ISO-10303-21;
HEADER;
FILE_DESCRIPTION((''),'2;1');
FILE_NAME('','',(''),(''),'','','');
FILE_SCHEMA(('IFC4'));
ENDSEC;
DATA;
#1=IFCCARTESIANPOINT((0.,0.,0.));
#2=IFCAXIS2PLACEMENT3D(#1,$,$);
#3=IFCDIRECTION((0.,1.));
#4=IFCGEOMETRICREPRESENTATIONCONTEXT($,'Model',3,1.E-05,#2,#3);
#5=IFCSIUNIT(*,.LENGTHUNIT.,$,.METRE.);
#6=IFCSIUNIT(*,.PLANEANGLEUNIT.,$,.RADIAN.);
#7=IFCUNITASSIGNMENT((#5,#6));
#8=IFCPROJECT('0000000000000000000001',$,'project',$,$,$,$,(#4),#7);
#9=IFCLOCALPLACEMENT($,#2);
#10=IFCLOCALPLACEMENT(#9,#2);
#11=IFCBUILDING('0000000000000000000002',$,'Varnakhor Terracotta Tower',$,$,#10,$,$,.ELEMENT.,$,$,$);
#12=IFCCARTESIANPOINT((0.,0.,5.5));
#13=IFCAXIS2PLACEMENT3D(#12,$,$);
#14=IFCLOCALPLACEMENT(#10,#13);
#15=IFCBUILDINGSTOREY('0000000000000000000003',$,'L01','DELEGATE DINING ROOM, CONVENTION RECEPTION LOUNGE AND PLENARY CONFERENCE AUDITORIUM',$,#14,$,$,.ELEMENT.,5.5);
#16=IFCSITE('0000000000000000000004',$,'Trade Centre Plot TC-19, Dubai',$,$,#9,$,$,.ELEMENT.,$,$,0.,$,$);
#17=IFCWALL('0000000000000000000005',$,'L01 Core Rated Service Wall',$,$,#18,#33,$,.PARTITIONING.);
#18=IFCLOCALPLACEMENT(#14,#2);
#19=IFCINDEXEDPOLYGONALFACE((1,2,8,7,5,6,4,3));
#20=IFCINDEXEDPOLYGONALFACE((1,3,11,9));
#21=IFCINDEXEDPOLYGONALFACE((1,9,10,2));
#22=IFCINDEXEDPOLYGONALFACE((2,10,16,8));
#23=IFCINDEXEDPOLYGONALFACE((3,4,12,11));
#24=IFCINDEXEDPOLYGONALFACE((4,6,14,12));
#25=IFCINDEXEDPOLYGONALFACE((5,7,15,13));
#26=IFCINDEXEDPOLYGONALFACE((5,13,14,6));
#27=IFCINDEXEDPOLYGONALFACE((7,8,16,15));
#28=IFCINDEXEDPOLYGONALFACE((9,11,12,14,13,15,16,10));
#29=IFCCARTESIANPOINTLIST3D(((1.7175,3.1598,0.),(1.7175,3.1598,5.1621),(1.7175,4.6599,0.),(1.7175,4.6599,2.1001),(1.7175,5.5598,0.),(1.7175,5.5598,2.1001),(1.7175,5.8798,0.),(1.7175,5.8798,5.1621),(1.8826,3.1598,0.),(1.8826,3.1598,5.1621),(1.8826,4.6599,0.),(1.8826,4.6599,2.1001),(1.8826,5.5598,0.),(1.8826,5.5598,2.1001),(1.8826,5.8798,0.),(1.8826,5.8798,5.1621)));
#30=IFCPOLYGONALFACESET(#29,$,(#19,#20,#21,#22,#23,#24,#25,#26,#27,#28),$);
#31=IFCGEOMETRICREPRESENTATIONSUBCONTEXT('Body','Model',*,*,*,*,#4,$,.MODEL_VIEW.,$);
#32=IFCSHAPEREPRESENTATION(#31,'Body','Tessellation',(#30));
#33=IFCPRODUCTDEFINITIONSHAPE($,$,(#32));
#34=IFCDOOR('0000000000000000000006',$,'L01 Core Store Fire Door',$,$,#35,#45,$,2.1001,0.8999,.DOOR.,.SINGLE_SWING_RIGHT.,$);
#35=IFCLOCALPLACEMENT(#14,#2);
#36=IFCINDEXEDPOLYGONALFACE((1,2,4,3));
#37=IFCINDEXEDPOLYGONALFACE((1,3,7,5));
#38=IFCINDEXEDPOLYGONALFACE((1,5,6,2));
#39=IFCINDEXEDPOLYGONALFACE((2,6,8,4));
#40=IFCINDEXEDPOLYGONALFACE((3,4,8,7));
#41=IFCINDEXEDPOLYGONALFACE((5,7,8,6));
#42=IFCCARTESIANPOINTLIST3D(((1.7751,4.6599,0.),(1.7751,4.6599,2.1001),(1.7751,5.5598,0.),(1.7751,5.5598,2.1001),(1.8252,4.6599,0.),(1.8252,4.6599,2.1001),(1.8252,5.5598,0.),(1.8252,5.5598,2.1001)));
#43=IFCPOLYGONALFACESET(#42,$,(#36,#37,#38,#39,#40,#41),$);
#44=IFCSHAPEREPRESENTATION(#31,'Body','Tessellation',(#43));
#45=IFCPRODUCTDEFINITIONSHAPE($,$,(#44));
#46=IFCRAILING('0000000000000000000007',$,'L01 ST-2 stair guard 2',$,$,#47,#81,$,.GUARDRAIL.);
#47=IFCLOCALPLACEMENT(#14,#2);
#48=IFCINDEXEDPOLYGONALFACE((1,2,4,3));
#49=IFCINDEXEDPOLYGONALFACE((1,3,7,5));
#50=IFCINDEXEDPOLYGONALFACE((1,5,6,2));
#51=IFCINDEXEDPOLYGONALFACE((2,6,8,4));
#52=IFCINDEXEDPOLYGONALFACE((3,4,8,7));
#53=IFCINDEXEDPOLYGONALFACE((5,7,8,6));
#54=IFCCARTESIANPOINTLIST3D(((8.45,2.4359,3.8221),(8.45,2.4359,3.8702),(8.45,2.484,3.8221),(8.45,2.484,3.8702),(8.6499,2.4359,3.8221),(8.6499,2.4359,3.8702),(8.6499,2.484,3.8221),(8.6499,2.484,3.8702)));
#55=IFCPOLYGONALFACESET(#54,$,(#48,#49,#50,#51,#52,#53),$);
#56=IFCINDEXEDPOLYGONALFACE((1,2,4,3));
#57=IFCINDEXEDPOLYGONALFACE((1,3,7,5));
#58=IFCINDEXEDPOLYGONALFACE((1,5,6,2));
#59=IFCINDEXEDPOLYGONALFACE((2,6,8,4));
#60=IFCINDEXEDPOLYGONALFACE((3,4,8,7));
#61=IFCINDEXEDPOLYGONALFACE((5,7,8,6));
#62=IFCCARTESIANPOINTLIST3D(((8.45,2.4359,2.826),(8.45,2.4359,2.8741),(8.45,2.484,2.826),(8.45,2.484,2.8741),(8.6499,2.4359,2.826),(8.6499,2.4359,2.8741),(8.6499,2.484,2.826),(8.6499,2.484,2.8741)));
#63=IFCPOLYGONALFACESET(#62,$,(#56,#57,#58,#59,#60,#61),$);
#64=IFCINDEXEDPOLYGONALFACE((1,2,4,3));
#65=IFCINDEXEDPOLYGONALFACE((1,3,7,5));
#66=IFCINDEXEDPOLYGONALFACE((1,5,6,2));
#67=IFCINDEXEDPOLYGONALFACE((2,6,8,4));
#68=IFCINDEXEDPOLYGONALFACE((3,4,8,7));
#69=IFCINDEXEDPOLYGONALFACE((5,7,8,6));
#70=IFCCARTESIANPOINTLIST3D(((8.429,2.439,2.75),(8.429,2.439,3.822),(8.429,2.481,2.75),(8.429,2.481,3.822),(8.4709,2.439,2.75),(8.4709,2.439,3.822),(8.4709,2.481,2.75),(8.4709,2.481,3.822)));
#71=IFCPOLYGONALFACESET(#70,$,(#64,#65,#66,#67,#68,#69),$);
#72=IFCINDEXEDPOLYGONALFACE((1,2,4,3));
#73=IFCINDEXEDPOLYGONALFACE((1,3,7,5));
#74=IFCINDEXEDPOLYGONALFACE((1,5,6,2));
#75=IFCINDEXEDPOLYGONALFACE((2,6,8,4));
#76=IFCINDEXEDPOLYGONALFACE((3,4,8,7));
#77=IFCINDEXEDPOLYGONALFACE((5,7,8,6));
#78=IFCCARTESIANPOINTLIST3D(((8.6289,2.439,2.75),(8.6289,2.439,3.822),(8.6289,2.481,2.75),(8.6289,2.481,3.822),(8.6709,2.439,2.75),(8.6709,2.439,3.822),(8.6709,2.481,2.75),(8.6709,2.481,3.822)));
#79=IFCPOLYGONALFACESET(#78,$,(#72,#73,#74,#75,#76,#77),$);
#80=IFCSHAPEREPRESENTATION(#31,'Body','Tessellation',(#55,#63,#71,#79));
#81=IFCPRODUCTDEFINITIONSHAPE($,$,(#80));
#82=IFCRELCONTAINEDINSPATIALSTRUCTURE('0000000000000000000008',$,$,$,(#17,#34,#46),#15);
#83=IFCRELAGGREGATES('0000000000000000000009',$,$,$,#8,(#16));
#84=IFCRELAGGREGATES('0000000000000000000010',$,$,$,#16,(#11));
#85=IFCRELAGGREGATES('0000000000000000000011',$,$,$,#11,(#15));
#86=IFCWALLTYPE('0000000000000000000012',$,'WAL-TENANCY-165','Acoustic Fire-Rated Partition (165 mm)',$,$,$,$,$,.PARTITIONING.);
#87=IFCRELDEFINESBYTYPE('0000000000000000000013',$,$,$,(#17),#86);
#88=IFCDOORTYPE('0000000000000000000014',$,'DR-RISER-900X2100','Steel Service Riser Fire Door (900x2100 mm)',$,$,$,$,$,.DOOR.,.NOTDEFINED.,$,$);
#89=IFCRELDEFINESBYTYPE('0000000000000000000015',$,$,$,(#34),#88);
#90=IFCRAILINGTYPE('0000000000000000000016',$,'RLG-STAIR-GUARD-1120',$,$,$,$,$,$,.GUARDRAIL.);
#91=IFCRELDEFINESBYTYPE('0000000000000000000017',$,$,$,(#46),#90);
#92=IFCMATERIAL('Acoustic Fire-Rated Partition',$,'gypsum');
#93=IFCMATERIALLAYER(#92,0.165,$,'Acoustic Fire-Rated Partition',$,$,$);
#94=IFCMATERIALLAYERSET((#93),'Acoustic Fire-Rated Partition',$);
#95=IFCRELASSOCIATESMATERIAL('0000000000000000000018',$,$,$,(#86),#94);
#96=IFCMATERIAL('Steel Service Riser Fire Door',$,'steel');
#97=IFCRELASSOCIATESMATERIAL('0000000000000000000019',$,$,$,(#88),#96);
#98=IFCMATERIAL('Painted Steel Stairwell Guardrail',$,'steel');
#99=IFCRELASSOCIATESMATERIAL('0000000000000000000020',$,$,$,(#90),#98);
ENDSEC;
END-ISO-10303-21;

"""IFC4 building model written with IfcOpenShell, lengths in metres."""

from ifc_helpers import new_model, si_unit, direction, frame, frame_2d, origin, origin_2d, place, context, subcontext, project, spatial, rectangle, extrude, source, transform, mapped, material, layer, layer_set, type_object, type_shapes, element, fill, save


model = new_model("IFC4")

# Units and contexts
model_context = context("Model", 3, precision=1e-05, world=origin(), true_north=direction((0.0, 1.0)))
body_context = subcontext(model_context, "Body", "Model", "MODEL_VIEW")
ifc_project = project(units=[si_unit("LENGTHUNIT", "METRE"), si_unit("PLANEANGLEUNIT", "RADIAN")], contexts=[model_context])

# Site, building, storey
site_placement = place(None, origin())
site = spatial("IfcSite", under=ifc_project, at=site_placement, Name="Trade Centre Plot TC-19, Dubai", CompositionType="ELEMENT", RefElevation=0.0)
building_placement = place(site_placement, origin())
building = spatial("IfcBuilding", under=site, at=building_placement, Name="Varnakhor Terracotta Tower", CompositionType="ELEMENT")
storey_placement = place(building_placement, frame((0.0, 0.0, 5.5)))
storey = spatial("IfcBuildingStorey", under=building, at=storey_placement, Name="L01", Description="DELEGATE DINING ROOM, CONVENTION RECEPTION LOUNGE AND PLENARY CONFERENCE AUDITORIUM", CompositionType="ELEMENT", Elevation=5.5)

# Wall, opening, door
ifc_material_1 = material(Name="Acoustic Fire-Rated Partition", Category="gypsum")
ifc_layer_1 = layer(ifc_material_1, 0.165, Name="Acoustic Fire-Rated Partition")
ifc_layer_set_1 = layer_set([ifc_layer_1], Name="Acoustic Fire-Rated Partition")
wall_type_1 = type_object("IfcWallType", Name="WAL-TENANCY-165", Description="Acoustic Fire-Rated Partition (165 mm)", PredefinedType="PARTITIONING", material=ifc_layer_set_1)
wall_1_placement = place(storey_placement, frame((1.8, 3.1599, 0.0), z_axis=(0.0, 0.0, 1.0), x_axis=(0.0, 1.0, 0.0)))
wall_1 = element("IfcWall", 1, at=wall_1_placement, inside=storey, type_object=wall_type_1, Name="L01 Core Rated Service Wall", PredefinedType="PARTITIONING", context=body_context, shape_type="SweptSolid", body=[
    extrude(rectangle(XDim=2.72, YDim=0.165, at=frame_2d((1.3599, 0.0))), origin(), (0.0, 0.0, 1.0), 5.1621),
])
opening_1_placement = place(wall_1_placement, frame((1.5, 0.0, 0.0)))
opening_1 = element("IfcOpeningElement", 2, at=opening_1_placement, cuts=wall_1, PredefinedType="OPENING", context=body_context, shape_type="SweptSolid", body=[
    extrude(rectangle(XDim=0.8999, YDim=2.1001, at=frame_2d((0.45, 1.05))), frame((0.0, 0.0925, 0.0), z_axis=(0.0, -1.0, 0.0), x_axis=(1.0, 0.0, 0.0)), (0.0, 0.0, 1.0), 0.1851),
])
ifc_material_2 = material(Name="Steel Service Riser Fire Door", Category="steel")
door_type_1 = type_object("IfcDoorType", Name="DR-RISER-900X2100", Description="Steel Service Riser Fire Door (900x2100 mm)", OperationType="NOTDEFINED", PredefinedType="DOOR", material=ifc_material_2)
shared_shape_1 = source(origin(), body_context, "Body", "SweptSolid", [
    extrude(rectangle(XDim=0.8999, YDim=2.1001, at=frame_2d((0.45, 1.05))), frame((0.0, 0.0249, 0.0), z_axis=(0.0, -1.0, 0.0), x_axis=(1.0, 0.0, 0.0)), (0.0, 0.0, 1.0), 0.05),
])
type_shapes(door_type_1, [shared_shape_1])
door_1_placement = place(opening_1_placement, origin())
door_1 = element("IfcDoor", 3, at=door_1_placement, inside=storey, type_object=door_type_1, Name="L01 Core Store Fire Door", OperationType="SINGLE_SWING_RIGHT", OverallHeight=2.1001, OverallWidth=0.8999, PredefinedType="DOOR", context=body_context, shape_type="MappedRepresentation", body=[
    mapped(shared_shape_1, transform((0.0, 0.0, 0.0), scale=1.0)),
])
fill(opening_1, door_1)

# Railing
ifc_material_3 = material(Name="Painted Steel Stairwell Guardrail", Category="steel")
railing_type = type_object("IfcRailingType", Name="RLG-STAIR-GUARD-1120", PredefinedType="GUARDRAIL", material=ifc_material_3)
railing_placement = place(storey_placement, frame((8.45, 2.46, 2.75)))
element("IfcRailing", 4, at=railing_placement, inside=storey, type_object=railing_type, Name="L01 ST-2 stair guard 2", PredefinedType="GUARDRAIL", context=body_context, shape_type="SweptSolid", body=[
    extrude(rectangle(XDim=0.0481, YDim=0.0481, at=origin_2d()), frame((0.0, 0.0, 1.0962), z_axis=(1.0, 0.0, 0.0), x_axis=(0.0, 1.0, 0.0)), (0.0, 0.0, 1.0), 0.2),
    extrude(rectangle(XDim=0.0481, YDim=0.0481, at=origin_2d()), frame((0.0, 0.0, 0.1001), z_axis=(1.0, 0.0, 0.0), x_axis=(0.0, 1.0, 0.0)), (0.0, 0.0, 1.0), 0.2),
    extrude(rectangle(XDim=0.042, YDim=0.042, at=origin_2d()), origin(), (0.0, 0.0, 1.0), 1.072),
    extrude(rectangle(XDim=0.042, YDim=0.042, at=origin_2d()), frame((0.2, 0.0, 0.0)), (0.0, 0.0, 1.0), 1.072),
])

save(model, "model.ifc")
